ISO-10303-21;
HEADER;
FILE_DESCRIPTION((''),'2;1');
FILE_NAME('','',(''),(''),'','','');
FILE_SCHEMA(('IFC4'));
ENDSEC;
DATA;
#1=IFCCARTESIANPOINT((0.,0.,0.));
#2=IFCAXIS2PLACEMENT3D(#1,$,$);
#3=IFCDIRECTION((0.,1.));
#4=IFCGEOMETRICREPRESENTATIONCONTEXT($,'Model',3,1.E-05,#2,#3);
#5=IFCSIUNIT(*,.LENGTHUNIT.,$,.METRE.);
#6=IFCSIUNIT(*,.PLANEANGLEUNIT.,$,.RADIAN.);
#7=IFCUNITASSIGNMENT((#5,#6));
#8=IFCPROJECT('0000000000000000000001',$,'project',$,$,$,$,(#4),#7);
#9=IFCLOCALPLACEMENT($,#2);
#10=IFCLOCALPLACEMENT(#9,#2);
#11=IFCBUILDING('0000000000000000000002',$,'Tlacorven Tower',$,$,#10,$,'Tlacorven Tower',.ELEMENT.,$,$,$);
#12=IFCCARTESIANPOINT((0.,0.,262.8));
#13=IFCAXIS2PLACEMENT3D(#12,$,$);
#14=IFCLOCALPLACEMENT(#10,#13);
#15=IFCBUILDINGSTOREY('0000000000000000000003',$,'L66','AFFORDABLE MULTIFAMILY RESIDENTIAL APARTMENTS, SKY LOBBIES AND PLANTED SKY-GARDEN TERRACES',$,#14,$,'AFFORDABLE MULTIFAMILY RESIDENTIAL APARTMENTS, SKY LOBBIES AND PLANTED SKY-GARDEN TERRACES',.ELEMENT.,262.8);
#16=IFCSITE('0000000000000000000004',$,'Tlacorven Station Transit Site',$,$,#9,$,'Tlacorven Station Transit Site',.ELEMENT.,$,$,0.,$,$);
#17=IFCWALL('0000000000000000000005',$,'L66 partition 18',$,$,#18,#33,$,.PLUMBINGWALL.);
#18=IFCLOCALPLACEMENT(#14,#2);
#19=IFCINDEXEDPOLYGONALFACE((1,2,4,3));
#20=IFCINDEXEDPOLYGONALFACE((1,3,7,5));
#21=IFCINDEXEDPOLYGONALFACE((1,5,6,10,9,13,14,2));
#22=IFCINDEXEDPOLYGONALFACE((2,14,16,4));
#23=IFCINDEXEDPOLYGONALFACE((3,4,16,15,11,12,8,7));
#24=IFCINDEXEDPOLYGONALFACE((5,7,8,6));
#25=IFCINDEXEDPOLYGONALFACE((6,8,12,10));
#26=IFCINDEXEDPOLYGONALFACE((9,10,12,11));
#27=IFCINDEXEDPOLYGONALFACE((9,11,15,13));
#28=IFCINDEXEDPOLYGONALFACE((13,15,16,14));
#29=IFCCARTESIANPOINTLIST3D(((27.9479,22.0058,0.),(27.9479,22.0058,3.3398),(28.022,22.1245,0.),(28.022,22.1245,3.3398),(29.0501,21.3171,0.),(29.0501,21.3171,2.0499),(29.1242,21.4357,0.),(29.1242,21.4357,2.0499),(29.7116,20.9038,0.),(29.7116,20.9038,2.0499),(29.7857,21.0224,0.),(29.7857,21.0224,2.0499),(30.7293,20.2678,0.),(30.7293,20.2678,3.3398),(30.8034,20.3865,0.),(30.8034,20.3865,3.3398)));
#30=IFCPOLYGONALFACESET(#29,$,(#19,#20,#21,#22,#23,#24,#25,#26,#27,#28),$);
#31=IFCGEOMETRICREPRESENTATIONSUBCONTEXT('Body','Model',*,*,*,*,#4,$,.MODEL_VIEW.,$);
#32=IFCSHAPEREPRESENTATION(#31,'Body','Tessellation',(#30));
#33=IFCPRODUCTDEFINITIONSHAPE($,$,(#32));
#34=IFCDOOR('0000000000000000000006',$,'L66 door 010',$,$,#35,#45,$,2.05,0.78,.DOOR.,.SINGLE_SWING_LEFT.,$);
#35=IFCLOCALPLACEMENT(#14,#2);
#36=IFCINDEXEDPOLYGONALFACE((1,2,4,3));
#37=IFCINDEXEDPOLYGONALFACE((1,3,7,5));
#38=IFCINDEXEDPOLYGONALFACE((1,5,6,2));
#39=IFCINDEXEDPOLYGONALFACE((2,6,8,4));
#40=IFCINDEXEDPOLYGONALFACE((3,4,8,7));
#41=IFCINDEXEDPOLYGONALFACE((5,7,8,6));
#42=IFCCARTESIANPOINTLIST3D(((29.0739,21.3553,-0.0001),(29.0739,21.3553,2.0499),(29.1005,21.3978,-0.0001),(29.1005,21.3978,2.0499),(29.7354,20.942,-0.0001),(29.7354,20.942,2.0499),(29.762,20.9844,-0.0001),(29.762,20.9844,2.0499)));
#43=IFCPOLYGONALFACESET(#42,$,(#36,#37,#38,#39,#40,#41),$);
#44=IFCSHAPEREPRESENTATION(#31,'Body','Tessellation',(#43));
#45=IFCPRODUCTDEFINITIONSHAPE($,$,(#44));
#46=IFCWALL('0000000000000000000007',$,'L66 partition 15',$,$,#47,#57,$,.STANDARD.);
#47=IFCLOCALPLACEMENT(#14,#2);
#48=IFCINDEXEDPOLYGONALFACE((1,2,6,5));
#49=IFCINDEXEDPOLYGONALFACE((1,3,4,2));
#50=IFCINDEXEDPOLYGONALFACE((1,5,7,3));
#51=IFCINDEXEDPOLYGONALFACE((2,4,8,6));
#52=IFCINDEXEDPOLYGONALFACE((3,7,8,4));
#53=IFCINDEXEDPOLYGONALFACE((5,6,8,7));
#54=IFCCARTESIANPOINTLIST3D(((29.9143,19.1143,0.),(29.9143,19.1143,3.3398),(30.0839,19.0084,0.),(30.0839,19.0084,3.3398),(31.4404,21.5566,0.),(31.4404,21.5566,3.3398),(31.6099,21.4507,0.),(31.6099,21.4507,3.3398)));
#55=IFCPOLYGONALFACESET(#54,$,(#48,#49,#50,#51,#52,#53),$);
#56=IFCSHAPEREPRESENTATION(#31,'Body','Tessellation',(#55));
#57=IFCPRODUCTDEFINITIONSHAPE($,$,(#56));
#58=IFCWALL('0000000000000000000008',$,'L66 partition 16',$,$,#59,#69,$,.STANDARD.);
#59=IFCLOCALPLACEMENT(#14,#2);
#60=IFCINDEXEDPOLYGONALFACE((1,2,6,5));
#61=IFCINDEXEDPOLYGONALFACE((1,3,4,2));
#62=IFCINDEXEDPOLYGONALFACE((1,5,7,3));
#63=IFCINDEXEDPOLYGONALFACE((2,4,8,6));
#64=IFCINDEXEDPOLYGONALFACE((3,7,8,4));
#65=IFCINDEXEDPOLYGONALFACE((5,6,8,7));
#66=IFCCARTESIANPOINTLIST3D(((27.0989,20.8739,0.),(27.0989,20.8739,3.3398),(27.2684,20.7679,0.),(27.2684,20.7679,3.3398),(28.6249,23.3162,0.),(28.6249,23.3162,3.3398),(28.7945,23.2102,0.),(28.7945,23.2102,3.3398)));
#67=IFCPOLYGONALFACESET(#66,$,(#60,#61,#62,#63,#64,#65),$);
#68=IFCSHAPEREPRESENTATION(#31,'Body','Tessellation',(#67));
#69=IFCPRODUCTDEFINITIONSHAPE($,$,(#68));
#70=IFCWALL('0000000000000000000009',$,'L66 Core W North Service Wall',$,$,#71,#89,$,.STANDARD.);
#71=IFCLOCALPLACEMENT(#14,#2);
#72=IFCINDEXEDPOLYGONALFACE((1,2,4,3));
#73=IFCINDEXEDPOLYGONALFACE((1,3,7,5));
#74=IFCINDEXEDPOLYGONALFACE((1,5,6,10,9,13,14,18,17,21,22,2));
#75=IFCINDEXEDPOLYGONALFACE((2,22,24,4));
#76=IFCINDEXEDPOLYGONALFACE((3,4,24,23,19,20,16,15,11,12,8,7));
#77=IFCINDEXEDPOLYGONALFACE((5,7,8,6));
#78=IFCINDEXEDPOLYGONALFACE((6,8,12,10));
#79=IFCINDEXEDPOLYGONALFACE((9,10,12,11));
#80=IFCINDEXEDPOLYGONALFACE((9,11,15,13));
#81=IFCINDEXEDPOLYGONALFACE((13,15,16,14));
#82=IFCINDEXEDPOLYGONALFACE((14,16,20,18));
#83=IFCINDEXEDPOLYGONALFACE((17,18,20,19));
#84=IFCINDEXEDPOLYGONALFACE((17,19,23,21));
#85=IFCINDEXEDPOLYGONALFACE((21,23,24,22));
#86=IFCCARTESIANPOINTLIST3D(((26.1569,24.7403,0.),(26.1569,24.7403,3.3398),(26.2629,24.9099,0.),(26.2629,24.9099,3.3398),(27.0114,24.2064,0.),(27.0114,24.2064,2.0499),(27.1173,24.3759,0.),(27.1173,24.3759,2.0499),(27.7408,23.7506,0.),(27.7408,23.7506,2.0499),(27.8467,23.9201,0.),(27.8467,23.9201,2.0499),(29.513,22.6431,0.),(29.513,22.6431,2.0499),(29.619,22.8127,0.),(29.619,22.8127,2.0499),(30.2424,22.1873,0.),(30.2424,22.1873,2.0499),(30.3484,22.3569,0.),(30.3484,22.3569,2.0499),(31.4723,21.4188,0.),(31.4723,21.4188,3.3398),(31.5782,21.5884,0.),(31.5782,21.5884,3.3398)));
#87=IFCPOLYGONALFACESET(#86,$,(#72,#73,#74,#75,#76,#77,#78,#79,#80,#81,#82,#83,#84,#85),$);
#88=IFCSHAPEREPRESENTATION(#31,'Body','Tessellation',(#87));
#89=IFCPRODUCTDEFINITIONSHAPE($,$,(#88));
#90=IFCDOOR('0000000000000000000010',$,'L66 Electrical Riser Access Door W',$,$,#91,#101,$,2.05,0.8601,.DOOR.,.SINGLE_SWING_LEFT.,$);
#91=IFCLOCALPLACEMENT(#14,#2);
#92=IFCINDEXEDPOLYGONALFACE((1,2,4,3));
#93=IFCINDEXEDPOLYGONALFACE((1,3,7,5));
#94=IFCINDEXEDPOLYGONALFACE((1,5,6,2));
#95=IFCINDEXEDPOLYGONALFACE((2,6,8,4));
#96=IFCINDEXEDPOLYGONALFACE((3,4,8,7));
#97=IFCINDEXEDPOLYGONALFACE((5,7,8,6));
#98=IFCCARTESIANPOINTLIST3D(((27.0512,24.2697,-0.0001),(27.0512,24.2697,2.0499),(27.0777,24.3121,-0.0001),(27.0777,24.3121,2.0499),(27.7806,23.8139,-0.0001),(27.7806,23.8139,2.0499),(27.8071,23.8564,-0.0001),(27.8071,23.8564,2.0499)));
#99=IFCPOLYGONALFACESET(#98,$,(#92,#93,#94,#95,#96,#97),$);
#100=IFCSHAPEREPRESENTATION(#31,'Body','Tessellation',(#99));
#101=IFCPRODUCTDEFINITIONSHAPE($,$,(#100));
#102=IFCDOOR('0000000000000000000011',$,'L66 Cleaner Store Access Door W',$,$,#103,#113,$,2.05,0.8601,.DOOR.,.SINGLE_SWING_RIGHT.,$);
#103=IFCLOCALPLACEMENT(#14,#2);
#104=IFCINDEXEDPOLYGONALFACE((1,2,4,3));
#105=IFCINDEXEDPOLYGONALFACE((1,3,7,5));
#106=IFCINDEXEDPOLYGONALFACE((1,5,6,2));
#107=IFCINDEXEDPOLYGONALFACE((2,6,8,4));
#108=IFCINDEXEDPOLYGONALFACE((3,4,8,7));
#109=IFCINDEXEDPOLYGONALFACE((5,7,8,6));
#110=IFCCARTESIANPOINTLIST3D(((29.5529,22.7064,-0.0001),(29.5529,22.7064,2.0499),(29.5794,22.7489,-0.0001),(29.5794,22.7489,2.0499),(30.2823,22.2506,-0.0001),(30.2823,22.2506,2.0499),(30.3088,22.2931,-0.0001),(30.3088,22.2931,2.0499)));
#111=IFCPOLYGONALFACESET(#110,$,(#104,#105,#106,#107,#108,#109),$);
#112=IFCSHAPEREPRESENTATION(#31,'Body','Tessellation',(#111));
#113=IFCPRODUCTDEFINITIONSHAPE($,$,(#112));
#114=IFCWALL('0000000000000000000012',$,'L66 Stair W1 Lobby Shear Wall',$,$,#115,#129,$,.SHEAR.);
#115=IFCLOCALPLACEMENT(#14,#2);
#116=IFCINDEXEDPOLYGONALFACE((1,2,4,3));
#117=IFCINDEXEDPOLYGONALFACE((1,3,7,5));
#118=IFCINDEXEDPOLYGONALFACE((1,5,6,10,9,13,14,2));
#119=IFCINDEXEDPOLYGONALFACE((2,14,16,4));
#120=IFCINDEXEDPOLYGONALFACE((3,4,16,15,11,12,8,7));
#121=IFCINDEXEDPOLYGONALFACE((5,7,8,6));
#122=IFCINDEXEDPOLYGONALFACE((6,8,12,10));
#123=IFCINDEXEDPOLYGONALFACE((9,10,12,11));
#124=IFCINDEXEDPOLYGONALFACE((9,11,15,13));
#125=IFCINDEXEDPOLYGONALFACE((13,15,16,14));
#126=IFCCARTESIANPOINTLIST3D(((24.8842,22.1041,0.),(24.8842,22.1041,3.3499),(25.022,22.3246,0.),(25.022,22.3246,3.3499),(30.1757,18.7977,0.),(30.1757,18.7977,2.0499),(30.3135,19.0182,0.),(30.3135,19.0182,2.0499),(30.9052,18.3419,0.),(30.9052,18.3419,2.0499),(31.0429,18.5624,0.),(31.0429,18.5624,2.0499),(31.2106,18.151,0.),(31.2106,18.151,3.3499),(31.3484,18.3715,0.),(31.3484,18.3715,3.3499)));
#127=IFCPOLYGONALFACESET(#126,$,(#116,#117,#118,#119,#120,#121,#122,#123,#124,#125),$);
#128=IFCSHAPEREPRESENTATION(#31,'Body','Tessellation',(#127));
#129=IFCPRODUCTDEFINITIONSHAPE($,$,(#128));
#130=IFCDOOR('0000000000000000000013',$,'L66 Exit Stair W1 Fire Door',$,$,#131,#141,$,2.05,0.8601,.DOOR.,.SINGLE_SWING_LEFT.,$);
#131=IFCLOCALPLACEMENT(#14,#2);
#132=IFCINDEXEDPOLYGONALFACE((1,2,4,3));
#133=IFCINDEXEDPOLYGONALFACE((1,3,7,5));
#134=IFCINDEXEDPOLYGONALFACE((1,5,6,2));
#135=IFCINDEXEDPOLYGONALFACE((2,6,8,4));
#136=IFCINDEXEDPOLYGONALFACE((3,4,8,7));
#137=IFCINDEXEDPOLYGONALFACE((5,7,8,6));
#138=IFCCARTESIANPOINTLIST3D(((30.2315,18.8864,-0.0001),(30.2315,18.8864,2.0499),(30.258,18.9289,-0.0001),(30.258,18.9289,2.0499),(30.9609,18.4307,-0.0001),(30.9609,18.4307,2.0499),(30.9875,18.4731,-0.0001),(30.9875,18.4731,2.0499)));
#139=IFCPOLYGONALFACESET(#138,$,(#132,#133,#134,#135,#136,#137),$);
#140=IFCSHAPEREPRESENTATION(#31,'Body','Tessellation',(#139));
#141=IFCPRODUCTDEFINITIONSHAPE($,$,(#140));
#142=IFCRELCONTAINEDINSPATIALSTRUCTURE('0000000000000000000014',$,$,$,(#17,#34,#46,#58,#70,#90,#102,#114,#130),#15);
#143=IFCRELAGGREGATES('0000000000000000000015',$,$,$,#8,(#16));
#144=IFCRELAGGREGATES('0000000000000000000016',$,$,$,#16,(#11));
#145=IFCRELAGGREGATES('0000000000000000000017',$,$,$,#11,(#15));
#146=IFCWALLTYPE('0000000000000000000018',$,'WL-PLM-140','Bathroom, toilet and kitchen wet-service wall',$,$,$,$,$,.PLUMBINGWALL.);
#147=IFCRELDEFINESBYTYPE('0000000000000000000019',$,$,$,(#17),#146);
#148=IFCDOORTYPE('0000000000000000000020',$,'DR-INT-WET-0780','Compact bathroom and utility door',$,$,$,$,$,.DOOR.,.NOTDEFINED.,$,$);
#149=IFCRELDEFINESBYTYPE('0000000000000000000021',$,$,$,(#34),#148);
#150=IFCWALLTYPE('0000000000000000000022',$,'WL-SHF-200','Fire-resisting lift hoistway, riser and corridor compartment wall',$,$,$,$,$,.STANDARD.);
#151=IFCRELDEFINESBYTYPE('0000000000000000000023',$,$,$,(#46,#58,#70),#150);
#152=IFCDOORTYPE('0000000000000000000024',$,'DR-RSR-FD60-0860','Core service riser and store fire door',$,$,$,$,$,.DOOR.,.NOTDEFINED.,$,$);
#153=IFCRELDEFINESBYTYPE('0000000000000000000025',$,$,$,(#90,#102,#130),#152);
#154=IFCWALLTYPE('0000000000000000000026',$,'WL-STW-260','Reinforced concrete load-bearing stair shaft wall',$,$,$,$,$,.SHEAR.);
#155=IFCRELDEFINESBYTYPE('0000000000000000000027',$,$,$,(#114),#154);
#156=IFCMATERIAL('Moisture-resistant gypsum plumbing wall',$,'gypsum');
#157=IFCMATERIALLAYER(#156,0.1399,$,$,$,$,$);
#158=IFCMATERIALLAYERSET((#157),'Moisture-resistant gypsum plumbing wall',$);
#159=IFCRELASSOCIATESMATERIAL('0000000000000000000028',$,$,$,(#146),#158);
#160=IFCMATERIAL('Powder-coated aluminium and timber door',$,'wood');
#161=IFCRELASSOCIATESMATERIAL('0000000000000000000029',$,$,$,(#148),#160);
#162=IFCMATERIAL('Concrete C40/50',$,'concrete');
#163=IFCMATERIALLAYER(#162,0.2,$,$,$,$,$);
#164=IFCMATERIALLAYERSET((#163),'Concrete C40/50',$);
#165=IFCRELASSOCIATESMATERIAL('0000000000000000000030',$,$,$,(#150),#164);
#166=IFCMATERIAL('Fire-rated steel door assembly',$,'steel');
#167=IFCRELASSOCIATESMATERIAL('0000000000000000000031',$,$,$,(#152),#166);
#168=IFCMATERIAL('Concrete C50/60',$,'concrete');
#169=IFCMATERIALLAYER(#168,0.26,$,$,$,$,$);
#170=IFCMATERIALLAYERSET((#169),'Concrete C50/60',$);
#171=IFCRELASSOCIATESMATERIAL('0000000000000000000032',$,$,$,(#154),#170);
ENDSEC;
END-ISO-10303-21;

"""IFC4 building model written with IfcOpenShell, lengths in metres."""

from ifc_helpers import new_model, si_unit, direction, frame, frame_2d, origin, place, context, subcontext, project, spatial, rectangle, extrude, source, transform, mapped, material, layer, layer_set, type_object, element, fill, save


model = new_model("IFC4")

# Units and contexts
model_context = context("Model", 3, precision=1e-05, world=origin(), true_north=direction((0.0, 1.0)))
body_context = subcontext(model_context, "Body", "Model", "MODEL_VIEW")
ifc_project = project(units=[si_unit("LENGTHUNIT", "METRE"), si_unit("PLANEANGLEUNIT", "RADIAN")], contexts=[model_context])

# Site, building, storey
site_placement = place(None, origin())
site = spatial("IfcSite", under=ifc_project, at=site_placement, Name="Tlacorven Station Transit Site", LongName="Tlacorven Station Transit Site", CompositionType="ELEMENT", RefElevation=0.0)
building_placement = place(site_placement, origin())
building = spatial("IfcBuilding", under=site, at=building_placement, Name="Tlacorven Tower", LongName="Tlacorven Tower", CompositionType="ELEMENT")
storey_placement = place(building_placement, frame((0.0, 0.0, 262.8)))
storey = spatial("IfcBuildingStorey", under=building, at=storey_placement, Name="L66", Description="AFFORDABLE MULTIFAMILY RESIDENTIAL APARTMENTS, SKY LOBBIES AND PLANTED SKY-GARDEN TERRACES", LongName="AFFORDABLE MULTIFAMILY RESIDENTIAL APARTMENTS, SKY LOBBIES AND PLANTED SKY-GARDEN TERRACES", CompositionType="ELEMENT", Elevation=262.8)

# Wall, opening, door
ifc_material_1 = material(Name="Moisture-resistant gypsum plumbing wall", Category="gypsum")
ifc_layer_1 = layer(ifc_material_1, 0.1399)
ifc_layer_set_1 = layer_set([ifc_layer_1], Name="Moisture-resistant gypsum plumbing wall")
wall_type_1 = type_object("IfcWallType", Name="WL-PLM-140", Description="Bathroom, toilet and kitchen wet-service wall", PredefinedType="PLUMBINGWALL", material=ifc_layer_set_1)
wall_1_placement = place(storey_placement, frame((30.7664, 20.3271, 0.0), z_axis=(0.0, 0.0, 1.0), x_axis=(-0.848053, 0.529912, 0.0)))
wall_1 = element("IfcWall", 1, at=wall_1_placement, inside=storey, type_object=wall_type_1, Name="L66 partition 18", PredefinedType="PLUMBINGWALL", context=body_context, shape_type="SweptSolid", body=[
    extrude(rectangle(XDim=3.2798, YDim=0.1399, at=frame_2d((1.6399, 0.0))), origin(), (0.0, 0.0, 1.0), 3.3398),
])
opening_1_placement = place(wall_1_placement, frame((1.2, 0.0, 0.0)))
opening_1 = element("IfcOpeningElement", 2, at=opening_1_placement, cuts=wall_1, PredefinedType="OPENING", context=body_context, shape_type="SweptSolid", body=[
    extrude(rectangle(XDim=0.78, YDim=2.05, at=frame_2d((0.3901, 1.0249))), frame((0.0, 0.0801, 0.0), z_axis=(0.0, -1.0, 0.0), x_axis=(1.0, 0.0, 0.0)), (0.0, 0.0, 1.0), 0.1599),
])
ifc_material_2 = material(Name="Powder-coated aluminium and timber door", Category="wood")
door_type_1 = type_object("IfcDoorType", Name="DR-INT-WET-0780", Description="Compact bathroom and utility door", OperationType="NOTDEFINED", PredefinedType="DOOR", material=ifc_material_2)
shared_shape_1 = source(origin(), body_context, "Body", "SweptSolid", [
    extrude(rectangle(XDim=0.78, YDim=2.05, at=frame_2d((0.3901, 1.0249))), frame((0.0, 0.0249, 0.0), z_axis=(0.0, -1.0, 0.0), x_axis=(1.0, 0.0, 0.0)), (0.0, 0.0, 1.0), 0.05),
])
door_1_placement = place(opening_1_placement, origin())
door_1 = element("IfcDoor", 3, at=door_1_placement, inside=storey, type_object=door_type_1, Name="L66 door 010", OperationType="SINGLE_SWING_LEFT", OverallHeight=2.05, OverallWidth=0.78, PredefinedType="DOOR", context=body_context, shape_type="MappedRepresentation", body=[
    mapped(shared_shape_1, transform((0.0, 0.0, 0.0), scale=1.0)),
])
fill(opening_1, door_1)

# Shared definitions
ifc_material_3 = material(Name="Concrete C40/50", Category="concrete")
ifc_layer_2 = layer(ifc_material_3, 0.2)
ifc_layer_set_2 = layer_set([ifc_layer_2], Name="Concrete C40/50")
wall_type_2 = type_object("IfcWallType", Name="WL-SHF-200", Description="Fire-resisting lift hoistway, riser and corridor compartment wall", PredefinedType="STANDARD", material=ifc_layer_set_2)
ifc_material_4 = material(Name="Fire-rated steel door assembly", Category="steel")

# Walls
for number, where, z_axis, x_axis, name in (
    (4, (31.5251, 21.5037, 0.0), (0.0, 0.0, 1.0), (-0.529907, -0.848055, 0.0), "L66 partition 15"),
    (5, (28.7097, 23.2632, 0.0), (0.0, 0.0, 1.0), (-0.529907, -0.848055, 0.0), "L66 partition 16"),
):
    element("IfcWall", number, at=place(storey_placement, frame(where, z_axis=z_axis, x_axis=x_axis)), inside=storey, type_object=wall_type_2, Name=name, PredefinedType="STANDARD", context=body_context, shape_type="SweptSolid", body=[
        extrude(rectangle(XDim=2.8799, YDim=0.2, at=frame_2d((1.4399, 0.0))), origin(), (0.0, 0.0, 1.0), 3.3398),
    ])

# Wall, openings, doors
wall_2_placement = place(storey_placement, frame((31.5251, 21.5037, 0.0), z_axis=(0.0, 0.0, 1.0), x_axis=(-0.848042, 0.529929, 0.0)))
wall_2 = element("IfcWall", 6, at=wall_2_placement, inside=storey, type_object=wall_type_2, Name="L66 Core W North Service Wall", PredefinedType="STANDARD", context=body_context, shape_type="SweptSolid", body=[
    extrude(rectangle(XDim=6.2678, YDim=0.2, at=frame_2d((3.1338, 0.0))), origin(), (0.0, 0.0, 1.0), 3.3398),
])
opening_2_placement = place(wall_2_placement, frame((4.3999, 0.0, 0.0)))
opening_2 = element("IfcOpeningElement", 7, at=opening_2_placement, cuts=wall_2, PredefinedType="OPENING", context=body_context, shape_type="SweptSolid", body=[
    extrude(rectangle(XDim=0.8601, YDim=2.05, at=frame_2d((0.4302, 1.0249))), frame((0.0, 0.1099, 0.0), z_axis=(0.0, -1.0, 0.0), x_axis=(1.0, 0.0, 0.0)), (0.0, 0.0, 1.0), 0.22),
])
opening_3_placement = place(wall_2_placement, frame((1.45, 0.0, 0.0)))
opening_3 = element("IfcOpeningElement", 8, at=opening_3_placement, cuts=wall_2, PredefinedType="OPENING", context=body_context, shape_type="SweptSolid", body=[
    extrude(rectangle(XDim=0.8601, YDim=2.05, at=frame_2d((0.4302, 1.0249))), frame((0.0, 0.1099, 0.0), z_axis=(0.0, -1.0, 0.0), x_axis=(1.0, 0.0, 0.0)), (0.0, 0.0, 1.0), 0.22),
])
door_type_2 = type_object("IfcDoorType", Name="DR-RSR-FD60-0860", Description="Core service riser and store fire door", OperationType="NOTDEFINED", PredefinedType="DOOR", material=ifc_material_4)
shared_shape_2 = source(origin(), body_context, "Body", "SweptSolid", [
    extrude(rectangle(XDim=0.8601, YDim=2.05, at=frame_2d((0.4302, 1.0249))), frame((0.0, 0.0249, 0.0), z_axis=(0.0, -1.0, 0.0), x_axis=(1.0, 0.0, 0.0)), (0.0, 0.0, 1.0), 0.05),
])
door_2_placement = place(opening_2_placement, frame((0.8601, 0.0, 0.0), z_axis=(0.0, 0.0, 1.0), x_axis=(-1.0, 0.0, 0.0)))
door_2 = element("IfcDoor", 9, at=door_2_placement, inside=storey, type_object=door_type_2, Name="L66 Electrical Riser Access Door W", OperationType="SINGLE_SWING_LEFT", OverallHeight=2.05, OverallWidth=0.8601, PredefinedType="DOOR", context=body_context, shape_type="MappedRepresentation", body=[
    mapped(shared_shape_2, transform((0.0, 0.0, 0.0), scale=1.0)),
])
fill(opening_2, door_2)
door_3_placement = place(opening_3_placement, frame((0.8601, 0.0, 0.0), z_axis=(0.0, 0.0, 1.0), x_axis=(-1.0, 0.0, 0.0)))
door_3 = element("IfcDoor", 10, at=door_3_placement, inside=storey, type_object=door_type_2, Name="L66 Cleaner Store Access Door W", OperationType="SINGLE_SWING_RIGHT", OverallHeight=2.05, OverallWidth=0.8601, PredefinedType="DOOR", context=body_context, shape_type="MappedRepresentation", body=[
    mapped(shared_shape_2, transform((0.0, 0.0, 0.0), scale=1.0)),
])
fill(opening_3, door_3)

# Wall, opening, door
ifc_material_5 = material(Name="Concrete C50/60", Category="concrete")
ifc_layer_3 = layer(ifc_material_5, 0.26)
ifc_layer_set_3 = layer_set([ifc_layer_3], Name="Concrete C50/60")
wall_type_3 = type_object("IfcWallType", Name="WL-STW-260", Description="Reinforced concrete load-bearing stair shaft wall", PredefinedType="SHEAR", material=ifc_layer_set_3)
wall_3_placement = place(storey_placement, frame((31.2795, 18.2612, 0.0), z_axis=(0.0, 0.0, 1.0), x_axis=(-0.848052, 0.529914, 0.0)))
wall_3 = element("IfcWall", 11, at=wall_3_placement, inside=storey, type_object=wall_type_3, Name="L66 Stair W1 Lobby Shear Wall", PredefinedType="SHEAR", context=body_context, shape_type="SweptSolid", body=[
    extrude(rectangle(XDim=7.46, YDim=0.26, at=frame_2d((3.73, 0.0))), origin(), (0.0, 0.0, 1.0), 3.3499),
])
opening_4_placement = place(wall_3_placement, frame((0.3601, 0.0, 0.0)))
opening_4 = element("IfcOpeningElement", 12, at=opening_4_placement, cuts=wall_3, PredefinedType="OPENING", context=body_context, shape_type="SweptSolid", body=[
    extrude(rectangle(XDim=0.8601, YDim=2.05, at=frame_2d((0.4302, 1.0249))), frame((0.0, 0.1401, 0.0), z_axis=(0.0, -1.0, 0.0), x_axis=(1.0, 0.0, 0.0)), (0.0, 0.0, 1.0), 0.28),
])
door_4_placement = place(opening_4_placement, frame((0.8601, 0.0, 0.0), z_axis=(0.0, 0.0, 1.0), x_axis=(-1.0, 0.0, 0.0)))
door_4 = element("IfcDoor", 13, at=door_4_placement, inside=storey, type_object=door_type_2, Name="L66 Exit Stair W1 Fire Door", OperationType="SINGLE_SWING_LEFT", OverallHeight=2.05, OverallWidth=0.8601, PredefinedType="DOOR", context=body_context, shape_type="MappedRepresentation", body=[
    mapped(shared_shape_2, transform((0.0, 0.0, 0.0), scale=1.0)),
])
fill(opening_4, door_4)

save(model, "model.ifc")
